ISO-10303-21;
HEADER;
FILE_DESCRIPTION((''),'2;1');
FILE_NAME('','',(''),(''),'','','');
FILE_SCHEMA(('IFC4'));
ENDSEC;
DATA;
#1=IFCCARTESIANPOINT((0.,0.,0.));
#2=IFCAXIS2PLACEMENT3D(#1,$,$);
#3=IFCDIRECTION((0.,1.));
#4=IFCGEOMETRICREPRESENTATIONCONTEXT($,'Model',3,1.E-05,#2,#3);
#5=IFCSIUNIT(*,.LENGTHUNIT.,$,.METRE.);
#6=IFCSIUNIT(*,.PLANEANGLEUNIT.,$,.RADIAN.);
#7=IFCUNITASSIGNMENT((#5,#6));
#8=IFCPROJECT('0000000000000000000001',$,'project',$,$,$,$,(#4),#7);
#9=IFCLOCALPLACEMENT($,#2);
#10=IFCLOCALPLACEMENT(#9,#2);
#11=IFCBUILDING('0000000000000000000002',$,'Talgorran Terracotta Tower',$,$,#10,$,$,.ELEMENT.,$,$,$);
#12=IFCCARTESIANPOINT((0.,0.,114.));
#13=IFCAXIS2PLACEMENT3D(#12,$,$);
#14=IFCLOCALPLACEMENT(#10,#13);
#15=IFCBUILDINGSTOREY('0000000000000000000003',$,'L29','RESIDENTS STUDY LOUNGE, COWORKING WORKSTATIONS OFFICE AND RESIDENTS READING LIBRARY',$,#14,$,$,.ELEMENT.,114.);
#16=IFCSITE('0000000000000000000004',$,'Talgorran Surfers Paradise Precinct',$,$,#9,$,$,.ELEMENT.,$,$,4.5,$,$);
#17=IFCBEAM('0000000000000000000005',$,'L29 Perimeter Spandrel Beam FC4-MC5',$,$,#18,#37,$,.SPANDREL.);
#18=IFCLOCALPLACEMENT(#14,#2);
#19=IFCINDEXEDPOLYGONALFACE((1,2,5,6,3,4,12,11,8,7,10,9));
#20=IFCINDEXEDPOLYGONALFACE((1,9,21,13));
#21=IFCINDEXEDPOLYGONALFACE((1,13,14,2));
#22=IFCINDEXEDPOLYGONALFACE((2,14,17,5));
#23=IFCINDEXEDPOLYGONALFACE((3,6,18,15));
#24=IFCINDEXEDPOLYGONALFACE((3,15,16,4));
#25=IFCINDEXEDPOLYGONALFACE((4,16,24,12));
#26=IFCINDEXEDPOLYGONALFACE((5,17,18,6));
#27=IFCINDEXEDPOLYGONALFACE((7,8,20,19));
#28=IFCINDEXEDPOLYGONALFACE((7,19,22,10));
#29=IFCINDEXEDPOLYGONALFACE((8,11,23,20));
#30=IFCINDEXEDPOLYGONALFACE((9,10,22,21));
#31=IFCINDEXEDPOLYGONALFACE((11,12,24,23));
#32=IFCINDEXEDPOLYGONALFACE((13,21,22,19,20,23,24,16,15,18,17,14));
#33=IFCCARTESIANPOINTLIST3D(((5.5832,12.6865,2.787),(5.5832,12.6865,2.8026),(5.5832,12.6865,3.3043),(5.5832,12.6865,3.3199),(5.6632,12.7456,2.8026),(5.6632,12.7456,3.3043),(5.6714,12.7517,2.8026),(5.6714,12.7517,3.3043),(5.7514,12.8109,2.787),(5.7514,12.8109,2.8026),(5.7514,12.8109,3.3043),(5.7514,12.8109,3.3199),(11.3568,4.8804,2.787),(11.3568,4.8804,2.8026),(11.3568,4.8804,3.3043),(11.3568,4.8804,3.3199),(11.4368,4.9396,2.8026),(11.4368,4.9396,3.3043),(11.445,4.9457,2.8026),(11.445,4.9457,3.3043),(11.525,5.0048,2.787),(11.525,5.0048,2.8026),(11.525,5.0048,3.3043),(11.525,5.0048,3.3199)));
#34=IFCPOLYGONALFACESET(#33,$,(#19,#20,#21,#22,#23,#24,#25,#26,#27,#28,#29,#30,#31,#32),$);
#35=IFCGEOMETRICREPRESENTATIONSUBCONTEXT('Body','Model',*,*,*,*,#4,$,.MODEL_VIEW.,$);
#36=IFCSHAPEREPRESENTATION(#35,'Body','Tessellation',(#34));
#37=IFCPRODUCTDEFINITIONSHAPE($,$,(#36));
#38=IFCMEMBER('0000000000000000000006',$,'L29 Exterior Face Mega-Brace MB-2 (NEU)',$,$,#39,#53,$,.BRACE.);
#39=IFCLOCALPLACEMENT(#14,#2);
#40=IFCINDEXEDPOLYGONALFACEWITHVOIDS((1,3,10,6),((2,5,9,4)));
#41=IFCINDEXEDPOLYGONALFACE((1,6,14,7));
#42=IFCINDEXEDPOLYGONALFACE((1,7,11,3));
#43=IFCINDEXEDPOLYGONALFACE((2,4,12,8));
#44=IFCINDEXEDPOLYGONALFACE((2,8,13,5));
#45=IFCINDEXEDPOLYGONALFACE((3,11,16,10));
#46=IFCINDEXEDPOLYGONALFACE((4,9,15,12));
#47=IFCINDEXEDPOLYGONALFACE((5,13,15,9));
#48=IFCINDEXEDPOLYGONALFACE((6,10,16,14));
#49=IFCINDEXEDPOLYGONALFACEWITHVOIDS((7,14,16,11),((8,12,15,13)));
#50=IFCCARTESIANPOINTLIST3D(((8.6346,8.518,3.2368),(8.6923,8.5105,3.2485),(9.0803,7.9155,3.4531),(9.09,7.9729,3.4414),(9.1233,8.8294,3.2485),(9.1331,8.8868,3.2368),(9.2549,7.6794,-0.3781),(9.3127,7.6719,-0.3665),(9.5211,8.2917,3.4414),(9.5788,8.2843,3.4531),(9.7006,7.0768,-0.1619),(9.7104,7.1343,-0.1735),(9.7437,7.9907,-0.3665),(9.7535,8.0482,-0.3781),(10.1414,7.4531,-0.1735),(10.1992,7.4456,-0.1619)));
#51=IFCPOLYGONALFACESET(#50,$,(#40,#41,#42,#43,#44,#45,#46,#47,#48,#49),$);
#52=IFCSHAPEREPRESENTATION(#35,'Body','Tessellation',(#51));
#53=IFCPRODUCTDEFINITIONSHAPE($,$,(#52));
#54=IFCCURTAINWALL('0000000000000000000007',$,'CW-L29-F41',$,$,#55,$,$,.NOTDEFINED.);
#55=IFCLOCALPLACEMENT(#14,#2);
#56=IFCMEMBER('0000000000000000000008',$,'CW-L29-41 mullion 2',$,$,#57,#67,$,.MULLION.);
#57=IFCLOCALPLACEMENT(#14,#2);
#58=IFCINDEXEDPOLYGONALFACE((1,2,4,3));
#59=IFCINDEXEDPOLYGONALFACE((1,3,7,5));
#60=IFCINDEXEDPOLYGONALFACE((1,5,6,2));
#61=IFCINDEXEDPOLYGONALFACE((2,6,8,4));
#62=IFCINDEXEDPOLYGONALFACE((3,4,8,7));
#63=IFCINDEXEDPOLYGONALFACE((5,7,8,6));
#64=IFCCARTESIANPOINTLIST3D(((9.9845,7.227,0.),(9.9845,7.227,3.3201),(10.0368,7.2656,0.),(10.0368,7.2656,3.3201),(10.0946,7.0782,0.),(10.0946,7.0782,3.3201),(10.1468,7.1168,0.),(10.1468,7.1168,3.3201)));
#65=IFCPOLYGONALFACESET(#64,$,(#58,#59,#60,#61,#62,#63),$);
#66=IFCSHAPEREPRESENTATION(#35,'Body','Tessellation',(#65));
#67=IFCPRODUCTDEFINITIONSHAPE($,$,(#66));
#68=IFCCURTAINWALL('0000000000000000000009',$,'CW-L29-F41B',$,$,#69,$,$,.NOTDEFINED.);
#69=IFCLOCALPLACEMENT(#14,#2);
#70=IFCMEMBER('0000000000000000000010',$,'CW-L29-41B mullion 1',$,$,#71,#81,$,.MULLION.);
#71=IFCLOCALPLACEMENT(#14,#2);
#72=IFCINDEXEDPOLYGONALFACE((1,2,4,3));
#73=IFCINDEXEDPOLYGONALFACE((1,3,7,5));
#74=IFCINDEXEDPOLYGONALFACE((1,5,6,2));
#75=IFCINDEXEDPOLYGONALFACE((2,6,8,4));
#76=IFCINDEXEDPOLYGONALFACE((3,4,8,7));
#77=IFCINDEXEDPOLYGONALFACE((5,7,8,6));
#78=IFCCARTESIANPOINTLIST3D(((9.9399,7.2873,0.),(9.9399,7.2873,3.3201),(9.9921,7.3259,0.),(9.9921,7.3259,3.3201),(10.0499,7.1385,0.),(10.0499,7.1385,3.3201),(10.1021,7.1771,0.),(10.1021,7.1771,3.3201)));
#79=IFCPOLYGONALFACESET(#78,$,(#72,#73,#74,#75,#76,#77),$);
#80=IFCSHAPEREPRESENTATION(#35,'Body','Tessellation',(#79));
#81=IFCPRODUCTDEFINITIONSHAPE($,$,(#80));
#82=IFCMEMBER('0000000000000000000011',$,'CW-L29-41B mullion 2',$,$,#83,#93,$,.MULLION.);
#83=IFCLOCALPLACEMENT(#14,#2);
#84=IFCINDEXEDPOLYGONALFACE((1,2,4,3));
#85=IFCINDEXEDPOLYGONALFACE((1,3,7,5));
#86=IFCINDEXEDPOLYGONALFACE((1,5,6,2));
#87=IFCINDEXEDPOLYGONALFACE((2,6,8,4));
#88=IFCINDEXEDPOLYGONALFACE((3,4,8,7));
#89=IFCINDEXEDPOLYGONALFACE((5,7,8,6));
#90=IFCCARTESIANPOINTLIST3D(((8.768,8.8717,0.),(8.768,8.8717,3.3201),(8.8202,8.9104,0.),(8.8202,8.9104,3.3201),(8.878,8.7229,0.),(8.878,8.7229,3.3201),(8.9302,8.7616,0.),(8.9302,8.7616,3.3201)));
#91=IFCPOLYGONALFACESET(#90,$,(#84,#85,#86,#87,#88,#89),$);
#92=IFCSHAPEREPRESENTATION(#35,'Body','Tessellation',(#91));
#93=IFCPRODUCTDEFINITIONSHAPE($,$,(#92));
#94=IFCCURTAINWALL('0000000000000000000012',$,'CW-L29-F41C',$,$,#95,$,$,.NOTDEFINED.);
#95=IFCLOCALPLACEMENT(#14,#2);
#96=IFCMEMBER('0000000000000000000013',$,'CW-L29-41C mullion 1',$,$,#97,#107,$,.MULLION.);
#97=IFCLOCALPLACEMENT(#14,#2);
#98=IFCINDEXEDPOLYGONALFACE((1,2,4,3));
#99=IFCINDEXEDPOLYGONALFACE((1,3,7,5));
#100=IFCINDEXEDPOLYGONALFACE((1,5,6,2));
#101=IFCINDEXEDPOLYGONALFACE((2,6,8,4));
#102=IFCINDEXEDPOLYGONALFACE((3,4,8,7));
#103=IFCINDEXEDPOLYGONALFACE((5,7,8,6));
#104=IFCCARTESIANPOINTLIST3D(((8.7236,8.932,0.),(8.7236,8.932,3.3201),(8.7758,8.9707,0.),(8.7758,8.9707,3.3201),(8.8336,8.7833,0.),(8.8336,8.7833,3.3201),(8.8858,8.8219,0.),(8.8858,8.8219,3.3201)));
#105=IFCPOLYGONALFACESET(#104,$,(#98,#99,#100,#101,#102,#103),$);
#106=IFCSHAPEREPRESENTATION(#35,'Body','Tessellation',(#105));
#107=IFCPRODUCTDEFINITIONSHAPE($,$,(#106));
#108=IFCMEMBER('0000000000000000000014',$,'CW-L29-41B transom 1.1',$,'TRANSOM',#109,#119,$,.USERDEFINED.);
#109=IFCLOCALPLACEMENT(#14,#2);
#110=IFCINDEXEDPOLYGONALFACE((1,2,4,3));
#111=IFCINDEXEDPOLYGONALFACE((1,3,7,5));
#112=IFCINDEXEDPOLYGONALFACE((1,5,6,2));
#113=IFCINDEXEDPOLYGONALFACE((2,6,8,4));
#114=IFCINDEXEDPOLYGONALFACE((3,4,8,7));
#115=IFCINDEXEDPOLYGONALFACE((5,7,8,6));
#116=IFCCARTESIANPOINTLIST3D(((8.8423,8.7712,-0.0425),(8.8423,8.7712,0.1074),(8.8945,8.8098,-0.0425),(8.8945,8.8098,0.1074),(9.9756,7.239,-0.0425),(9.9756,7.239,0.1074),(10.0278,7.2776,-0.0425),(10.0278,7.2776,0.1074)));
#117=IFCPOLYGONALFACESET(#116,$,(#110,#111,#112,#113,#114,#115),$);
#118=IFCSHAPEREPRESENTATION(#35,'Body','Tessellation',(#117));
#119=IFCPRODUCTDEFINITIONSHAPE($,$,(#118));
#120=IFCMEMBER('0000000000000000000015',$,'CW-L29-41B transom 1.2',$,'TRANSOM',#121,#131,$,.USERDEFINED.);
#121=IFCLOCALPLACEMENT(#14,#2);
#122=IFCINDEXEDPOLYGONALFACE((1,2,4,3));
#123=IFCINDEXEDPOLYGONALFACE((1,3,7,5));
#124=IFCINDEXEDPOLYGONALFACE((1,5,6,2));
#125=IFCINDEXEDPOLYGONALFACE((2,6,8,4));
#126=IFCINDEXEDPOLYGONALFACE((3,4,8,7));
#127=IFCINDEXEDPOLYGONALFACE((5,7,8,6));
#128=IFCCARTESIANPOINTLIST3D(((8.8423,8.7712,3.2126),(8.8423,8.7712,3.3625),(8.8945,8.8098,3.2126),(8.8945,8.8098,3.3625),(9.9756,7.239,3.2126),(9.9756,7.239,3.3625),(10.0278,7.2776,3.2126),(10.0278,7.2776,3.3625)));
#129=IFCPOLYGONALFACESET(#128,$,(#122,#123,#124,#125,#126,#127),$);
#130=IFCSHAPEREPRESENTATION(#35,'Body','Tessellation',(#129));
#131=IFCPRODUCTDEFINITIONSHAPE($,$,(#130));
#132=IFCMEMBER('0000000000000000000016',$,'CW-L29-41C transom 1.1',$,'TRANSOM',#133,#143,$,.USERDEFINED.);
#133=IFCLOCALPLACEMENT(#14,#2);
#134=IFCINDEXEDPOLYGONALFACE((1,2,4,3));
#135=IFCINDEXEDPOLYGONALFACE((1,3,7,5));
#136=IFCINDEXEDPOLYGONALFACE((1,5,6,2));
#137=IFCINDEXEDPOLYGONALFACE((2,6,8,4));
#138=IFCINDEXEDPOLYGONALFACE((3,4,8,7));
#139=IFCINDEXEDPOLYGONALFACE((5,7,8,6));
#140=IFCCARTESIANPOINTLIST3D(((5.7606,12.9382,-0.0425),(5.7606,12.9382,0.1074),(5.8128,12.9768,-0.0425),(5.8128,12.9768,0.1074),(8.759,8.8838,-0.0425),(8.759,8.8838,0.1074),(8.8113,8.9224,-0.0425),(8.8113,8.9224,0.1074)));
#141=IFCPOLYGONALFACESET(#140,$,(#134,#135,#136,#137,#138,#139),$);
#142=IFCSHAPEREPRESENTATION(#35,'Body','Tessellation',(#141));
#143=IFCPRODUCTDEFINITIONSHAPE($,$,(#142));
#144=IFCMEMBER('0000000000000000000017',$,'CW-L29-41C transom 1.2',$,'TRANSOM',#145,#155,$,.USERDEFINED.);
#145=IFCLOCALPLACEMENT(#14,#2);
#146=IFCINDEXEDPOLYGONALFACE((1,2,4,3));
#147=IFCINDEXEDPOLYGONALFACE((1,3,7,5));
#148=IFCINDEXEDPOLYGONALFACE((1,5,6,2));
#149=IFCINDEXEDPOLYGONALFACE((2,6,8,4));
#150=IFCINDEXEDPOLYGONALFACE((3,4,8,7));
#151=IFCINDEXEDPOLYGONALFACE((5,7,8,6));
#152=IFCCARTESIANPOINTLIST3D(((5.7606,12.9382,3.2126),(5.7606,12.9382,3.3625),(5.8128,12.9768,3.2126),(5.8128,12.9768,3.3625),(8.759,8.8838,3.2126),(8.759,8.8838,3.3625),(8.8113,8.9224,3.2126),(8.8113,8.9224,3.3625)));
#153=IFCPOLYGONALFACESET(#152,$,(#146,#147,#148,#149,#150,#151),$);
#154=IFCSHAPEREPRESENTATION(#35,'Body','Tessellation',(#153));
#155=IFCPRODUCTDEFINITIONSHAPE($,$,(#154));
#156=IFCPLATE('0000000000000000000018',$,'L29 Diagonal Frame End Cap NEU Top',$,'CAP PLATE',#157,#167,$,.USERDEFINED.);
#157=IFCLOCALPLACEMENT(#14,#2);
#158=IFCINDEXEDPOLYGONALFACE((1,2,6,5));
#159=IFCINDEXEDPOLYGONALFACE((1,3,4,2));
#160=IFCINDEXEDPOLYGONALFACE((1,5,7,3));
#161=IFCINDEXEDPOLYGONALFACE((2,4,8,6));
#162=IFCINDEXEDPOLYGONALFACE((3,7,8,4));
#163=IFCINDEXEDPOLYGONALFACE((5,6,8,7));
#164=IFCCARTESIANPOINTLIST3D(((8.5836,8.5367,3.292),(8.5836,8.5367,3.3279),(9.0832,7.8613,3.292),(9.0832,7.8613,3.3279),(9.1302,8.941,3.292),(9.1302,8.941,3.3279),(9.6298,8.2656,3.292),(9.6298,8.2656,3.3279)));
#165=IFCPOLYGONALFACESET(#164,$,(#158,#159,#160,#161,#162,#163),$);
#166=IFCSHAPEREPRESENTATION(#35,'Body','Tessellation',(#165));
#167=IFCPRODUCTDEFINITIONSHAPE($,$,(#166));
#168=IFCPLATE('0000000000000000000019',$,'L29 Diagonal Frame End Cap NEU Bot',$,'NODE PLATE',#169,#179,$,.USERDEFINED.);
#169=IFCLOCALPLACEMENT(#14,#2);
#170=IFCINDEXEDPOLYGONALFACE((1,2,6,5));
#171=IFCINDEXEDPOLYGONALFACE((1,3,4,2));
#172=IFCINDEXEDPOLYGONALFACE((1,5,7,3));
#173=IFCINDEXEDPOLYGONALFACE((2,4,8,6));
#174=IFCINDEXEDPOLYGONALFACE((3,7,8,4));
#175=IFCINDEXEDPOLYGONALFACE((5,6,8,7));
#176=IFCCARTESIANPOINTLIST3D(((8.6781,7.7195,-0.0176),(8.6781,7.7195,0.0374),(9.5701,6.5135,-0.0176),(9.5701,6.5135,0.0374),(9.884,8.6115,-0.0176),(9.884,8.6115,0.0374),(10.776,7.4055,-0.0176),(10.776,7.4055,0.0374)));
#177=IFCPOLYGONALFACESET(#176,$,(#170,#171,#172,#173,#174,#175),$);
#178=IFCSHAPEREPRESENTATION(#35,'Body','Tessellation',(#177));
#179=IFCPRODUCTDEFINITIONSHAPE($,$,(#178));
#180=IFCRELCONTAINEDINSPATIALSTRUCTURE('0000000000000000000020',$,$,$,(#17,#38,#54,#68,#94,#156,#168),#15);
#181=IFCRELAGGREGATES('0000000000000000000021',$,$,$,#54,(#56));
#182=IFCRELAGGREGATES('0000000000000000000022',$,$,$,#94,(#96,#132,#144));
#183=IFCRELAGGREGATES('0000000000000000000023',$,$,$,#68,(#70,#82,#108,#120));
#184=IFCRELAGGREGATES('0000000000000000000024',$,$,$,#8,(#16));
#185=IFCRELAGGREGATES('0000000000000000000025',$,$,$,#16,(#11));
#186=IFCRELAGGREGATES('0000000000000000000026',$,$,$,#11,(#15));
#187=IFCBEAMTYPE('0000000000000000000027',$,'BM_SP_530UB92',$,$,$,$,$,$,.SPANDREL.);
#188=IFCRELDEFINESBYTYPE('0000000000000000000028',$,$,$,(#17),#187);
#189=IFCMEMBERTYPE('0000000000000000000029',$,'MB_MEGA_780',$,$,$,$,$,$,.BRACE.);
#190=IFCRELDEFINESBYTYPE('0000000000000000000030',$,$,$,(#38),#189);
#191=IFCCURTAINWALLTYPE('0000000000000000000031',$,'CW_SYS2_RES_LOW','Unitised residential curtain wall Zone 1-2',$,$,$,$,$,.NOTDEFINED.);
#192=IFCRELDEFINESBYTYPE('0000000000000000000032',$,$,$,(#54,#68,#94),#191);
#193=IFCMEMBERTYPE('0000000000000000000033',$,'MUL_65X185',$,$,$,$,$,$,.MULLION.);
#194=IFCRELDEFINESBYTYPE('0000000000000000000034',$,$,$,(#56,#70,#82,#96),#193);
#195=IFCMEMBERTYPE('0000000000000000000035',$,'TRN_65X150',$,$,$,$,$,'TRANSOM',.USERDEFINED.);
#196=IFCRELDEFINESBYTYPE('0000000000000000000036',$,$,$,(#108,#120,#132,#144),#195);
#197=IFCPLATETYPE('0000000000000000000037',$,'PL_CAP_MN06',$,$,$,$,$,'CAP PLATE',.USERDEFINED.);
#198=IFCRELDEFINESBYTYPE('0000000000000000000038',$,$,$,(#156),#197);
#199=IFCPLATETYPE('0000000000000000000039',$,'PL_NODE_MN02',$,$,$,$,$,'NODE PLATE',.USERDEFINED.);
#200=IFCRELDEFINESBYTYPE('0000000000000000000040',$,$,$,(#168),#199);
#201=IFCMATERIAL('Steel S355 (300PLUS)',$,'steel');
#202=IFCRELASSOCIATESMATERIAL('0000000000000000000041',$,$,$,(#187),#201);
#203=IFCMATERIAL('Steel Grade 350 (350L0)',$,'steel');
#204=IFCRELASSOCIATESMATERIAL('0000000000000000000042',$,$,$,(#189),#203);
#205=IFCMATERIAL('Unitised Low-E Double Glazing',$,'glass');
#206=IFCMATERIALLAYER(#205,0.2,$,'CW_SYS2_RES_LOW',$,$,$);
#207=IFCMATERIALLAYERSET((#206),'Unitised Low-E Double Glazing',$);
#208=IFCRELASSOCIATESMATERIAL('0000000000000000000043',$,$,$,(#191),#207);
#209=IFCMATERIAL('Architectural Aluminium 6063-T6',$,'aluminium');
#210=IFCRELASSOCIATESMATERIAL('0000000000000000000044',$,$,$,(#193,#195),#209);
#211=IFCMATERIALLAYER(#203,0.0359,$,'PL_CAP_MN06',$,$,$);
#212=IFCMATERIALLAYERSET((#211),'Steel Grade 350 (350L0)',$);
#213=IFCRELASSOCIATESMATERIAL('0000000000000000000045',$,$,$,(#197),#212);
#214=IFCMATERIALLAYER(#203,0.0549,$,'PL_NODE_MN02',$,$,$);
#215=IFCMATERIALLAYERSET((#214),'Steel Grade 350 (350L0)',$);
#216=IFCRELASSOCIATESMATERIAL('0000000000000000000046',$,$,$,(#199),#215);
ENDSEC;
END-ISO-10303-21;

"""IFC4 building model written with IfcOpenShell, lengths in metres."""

from ifc_helpers import new_model, si_unit, direction, frame, origin, origin_2d, place, context, subcontext, project, spatial, rectangle, hollow_rectangle, i_section, extrude, material, layer, layer_set, material_profile, profile_set, type_object, element, aggregate, save


model = new_model("IFC4")

# Units and contexts
model_context = context("Model", 3, precision=1e-05, world=origin(), true_north=direction((0.0, 1.0)))
body_context = subcontext(model_context, "Body", "Model", "MODEL_VIEW")
ifc_project = project(units=[si_unit("LENGTHUNIT", "METRE"), si_unit("PLANEANGLEUNIT", "RADIAN")], contexts=[model_context])

# Site, building, storey
site_placement = place(None, origin())
site = spatial("IfcSite", under=ifc_project, at=site_placement, Name="Talgorran Surfers Paradise Precinct", CompositionType="ELEMENT", RefElevation=4.5)
building_placement = place(site_placement, origin())
building = spatial("IfcBuilding", under=site, at=building_placement, Name="Talgorran Terracotta Tower", CompositionType="ELEMENT")
storey_placement = place(building_placement, frame((0.0, 0.0, 114.0)))
storey = spatial("IfcBuildingStorey", under=building, at=storey_placement, Name="L29", Description="RESIDENTS STUDY LOUNGE, COWORKING WORKSTATIONS OFFICE AND RESIDENTS READING LIBRARY", CompositionType="ELEMENT", Elevation=114.0)

# Beam
ifc_material_1 = material(Name="Steel S355 (300PLUS)", Category="steel")
ifc_material_profile_1 = material_profile(ifc_material_1, i_section(OverallWidth=0.2092, OverallDepth=0.533, WebThickness=0.0103, FlangeThickness=0.0156, at=origin_2d()), Name="530UB92.4")
ifc_profile_set_1 = profile_set([ifc_material_profile_1], Name="Steel S355 (300PLUS)")
beam_type = type_object("IfcBeamType", Name="BM_SP_530UB92", PredefinedType="SPANDREL", material=ifc_profile_set_1)
beam_placement = place(storey_placement, frame((11.4409, 4.9426, 3.0535), z_axis=(-0.594652, 0.803983, 0.0), x_axis=(-0.803983, -0.594652, 0.0)))
element("IfcBeam", 1, at=beam_placement, inside=storey, type_object=beam_type, Name="L29 Perimeter Spandrel Beam FC4-MC5", PredefinedType="SPANDREL", context=body_context, shape_type="SweptSolid", body=[
    extrude(i_section(OverallWidth=0.2092, OverallDepth=0.533, WebThickness=0.0103, FlangeThickness=0.0156, at=origin_2d()), origin(), (0.0, 0.0, 1.0), 9.7092),
])

# Member
ifc_material_2 = material(Name="Steel Grade 350 (350L0)", Category="steel")
ifc_material_profile_2 = material_profile(ifc_material_2, hollow_rectangle(XDim=0.6201, YDim=0.78, WallThickness=0.042, at=origin_2d()), Name="WBOX780X620X42")
ifc_profile_set_2 = profile_set([ifc_material_profile_2], Name="Steel Grade 350 (350L0)")
member_type_1 = type_object("IfcMemberType", Name="MB_MEGA_780", PredefinedType="BRACE", material=ifc_profile_set_2)
member_1_placement = place(storey_placement, frame((9.7271, 7.5625, -0.27), z_axis=(-0.164881, 0.222891, 0.960799), x_axis=(-0.803943, -0.594707, 0.0)))
element("IfcMember", 2, at=member_1_placement, inside=storey, type_object=member_type_1, Name="L29 Exterior Face Mega-Brace MB-2 (NEU)", PredefinedType="BRACE", context=body_context, shape_type="SweptSolid", body=[
    extrude(hollow_rectangle(XDim=0.6201, YDim=0.78, WallThickness=0.042, at=origin_2d()), origin(), (0.0, 0.0, 1.0), 3.7625),
])

# Curtain wall, member
ifc_material_3 = material(Name="Unitised Low-E Double Glazing", Category="glass")
ifc_layer_1 = layer(ifc_material_3, 0.2, Name="CW_SYS2_RES_LOW")
ifc_layer_set_1 = layer_set([ifc_layer_1], Name="Unitised Low-E Double Glazing")
curtain_wall_type = type_object("IfcCurtainWallType", Name="CW_SYS2_RES_LOW", Description="Unitised residential curtain wall Zone 1-2", PredefinedType="NOTDEFINED", material=ifc_layer_set_1)
curtain_wall_1_placement = place(storey_placement, origin())
curtain_wall_1 = element("IfcCurtainWall", 3, at=curtain_wall_1_placement, inside=storey, type_object=curtain_wall_type, Name="CW-L29-F41", PredefinedType="NOTDEFINED")
ifc_material_4 = material(Name="Architectural Aluminium 6063-T6", Category="aluminium")
ifc_material_profile_3 = material_profile(ifc_material_4, rectangle(XDim=0.0649, YDim=0.1851, at=origin_2d()), Name="CWM65X185")
ifc_profile_set_3 = profile_set([ifc_material_profile_3], Name="Architectural Aluminium 6063-T6")
member_type_2 = type_object("IfcMemberType", Name="MUL_65X185", PredefinedType="MULLION", material=ifc_profile_set_3)
member_2_placement = place(storey_placement, frame((10.0657, 7.1719, 0.0), z_axis=(0.0, 0.0, 1.0), x_axis=(-0.803994, -0.594638, 0.0)))
member_2 = element("IfcMember", 4, at=member_2_placement, type_object=member_type_2, Name="CW-L29-41 mullion 2", PredefinedType="MULLION", context=body_context, shape_type="SweptSolid", body=[
    extrude(rectangle(XDim=0.0649, YDim=0.1851, at=origin_2d()), origin(), (0.0, 0.0, 1.0), 3.3201),
])
aggregate(curtain_wall_1, [member_2])

# Curtain wall, members
curtain_wall_2_placement = place(storey_placement, origin())
curtain_wall_2 = element("IfcCurtainWall", 5, at=curtain_wall_2_placement, inside=storey, type_object=curtain_wall_type, Name="CW-L29-F41B", PredefinedType="NOTDEFINED")
member_3_placement = place(storey_placement, frame((10.021, 7.2322, 0.0), z_axis=(0.0, 0.0, 1.0), x_axis=(-0.80399, -0.594642, 0.0)))
member_3 = element("IfcMember", 6, at=member_3_placement, type_object=member_type_2, Name="CW-L29-41B mullion 1", PredefinedType="MULLION", context=body_context, shape_type="SweptSolid", body=[
    extrude(rectangle(XDim=0.0649, YDim=0.1851, at=origin_2d()), origin(), (0.0, 0.0, 1.0), 3.3201),
])
member_4_placement = place(storey_placement, frame((8.8491, 8.8167, 0.0), z_axis=(0.0, 0.0, 1.0), x_axis=(-0.80399, -0.594642, 0.0)))
member_4 = element("IfcMember", 7, at=member_4_placement, type_object=member_type_2, Name="CW-L29-41B mullion 2", PredefinedType="MULLION", context=body_context, shape_type="SweptSolid", body=[
    extrude(rectangle(XDim=0.0649, YDim=0.1851, at=origin_2d()), origin(), (0.0, 0.0, 1.0), 3.3201),
])

# Curtain wall, member
curtain_wall_3_placement = place(storey_placement, origin())
curtain_wall_3 = element("IfcCurtainWall", 8, at=curtain_wall_3_placement, inside=storey, type_object=curtain_wall_type, Name="CW-L29-F41C", PredefinedType="NOTDEFINED")
member_5_placement = place(storey_placement, frame((8.8047, 8.877, 0.0), z_axis=(0.0, 0.0, 1.0), x_axis=(-0.803998, -0.594632, 0.0)))
member_5 = element("IfcMember", 9, at=member_5_placement, type_object=member_type_2, Name="CW-L29-41C mullion 1", PredefinedType="MULLION", context=body_context, shape_type="SweptSolid", body=[
    extrude(rectangle(XDim=0.0649, YDim=0.1851, at=origin_2d()), origin(), (0.0, 0.0, 1.0), 3.3201),
])

# Members
ifc_material_profile_4 = material_profile(ifc_material_4, rectangle(XDim=0.0649, YDim=0.1499, at=origin_2d()), Name="CWT65X150")
ifc_profile_set_4 = profile_set([ifc_material_profile_4], Name="Architectural Aluminium 6063-T6")
member_type_3 = type_object("IfcMemberType", Name="TRN_65X150", ElementType="TRANSOM", PredefinedType="USERDEFINED", material=ifc_profile_set_4)
member_6_placement = place(storey_placement, frame((10.0017, 7.2583, 0.0325), z_axis=(-0.594658, 0.803979, 0.0), x_axis=(-0.803979, -0.594658, 0.0)))
member_6 = element("IfcMember", 10, at=member_6_placement, type_object=member_type_3, Name="CW-L29-41B transom 1.1", ObjectType="TRANSOM", PredefinedType="USERDEFINED", context=body_context, shape_type="SweptSolid", body=[
    extrude(rectangle(XDim=0.0649, YDim=0.1499, at=origin_2d()), origin(), (0.0, 0.0, 1.0), 1.9058),
])
member_7_placement = place(storey_placement, frame((10.0017, 7.2583, 3.2876), z_axis=(-0.594658, 0.803979, 0.0), x_axis=(-0.803979, -0.594658, 0.0)))
member_7 = element("IfcMember", 11, at=member_7_placement, type_object=member_type_3, Name="CW-L29-41B transom 1.2", ObjectType="TRANSOM", PredefinedType="USERDEFINED", context=body_context, shape_type="SweptSolid", body=[
    extrude(rectangle(XDim=0.0649, YDim=0.1499, at=origin_2d()), origin(), (0.0, 0.0, 1.0), 1.9058),
])
member_8_placement = place(storey_placement, frame((8.7852, 8.9031, 0.0325), z_axis=(-0.594618, 0.804008, 0.0), x_axis=(-0.804008, -0.594618, 0.0)))
member_8 = element("IfcMember", 12, at=member_8_placement, type_object=member_type_3, Name="CW-L29-41C transom 1.1", ObjectType="TRANSOM", PredefinedType="USERDEFINED", context=body_context, shape_type="SweptSolid", body=[
    extrude(rectangle(XDim=0.0649, YDim=0.1499, at=origin_2d()), origin(), (0.0, 0.0, 1.0), 5.0427),
])
member_9_placement = place(storey_placement, frame((8.7852, 8.9031, 3.2876), z_axis=(-0.594618, 0.804008, 0.0), x_axis=(-0.804008, -0.594618, 0.0)))
member_9 = element("IfcMember", 13, at=member_9_placement, type_object=member_type_3, Name="CW-L29-41C transom 1.2", ObjectType="TRANSOM", PredefinedType="USERDEFINED", context=body_context, shape_type="SweptSolid", body=[
    extrude(rectangle(XDim=0.0649, YDim=0.1499, at=origin_2d()), origin(), (0.0, 0.0, 1.0), 5.0427),
])
aggregate(curtain_wall_3, [member_5, member_8, member_9])

# Plates
ifc_layer_2 = layer(ifc_material_2, 0.0359, Name="PL_CAP_MN06")
ifc_layer_set_2 = layer_set([ifc_layer_2], Name="Steel Grade 350 (350L0)")
plate_type_1 = type_object("IfcPlateType", Name="PL_CAP_MN06", ElementType="CAP PLATE", PredefinedType="USERDEFINED", material=ifc_layer_set_2)
plate_1_placement = place(storey_placement, frame((9.1067, 8.4011, 3.292), z_axis=(0.0, 0.0, 1.0), x_axis=(-0.594682, 0.803961, 0.0)))
element("IfcPlate", 14, at=plate_1_placement, inside=storey, type_object=plate_type_1, Name="L29 Diagonal Frame End Cap NEU Top", ObjectType="CAP PLATE", PredefinedType="USERDEFINED", context=body_context, shape_type="SweptSolid", body=[
    extrude(rectangle(XDim=0.8401, YDim=0.6799, at=origin_2d()), origin(), (0.0, 0.0, 1.0), 0.0359),
])
ifc_layer_3 = layer(ifc_material_2, 0.0549, Name="PL_NODE_MN02")
ifc_layer_set_3 = layer_set([ifc_layer_3], Name="Steel Grade 350 (350L0)")
plate_type_2 = type_object("IfcPlateType", Name="PL_NODE_MN02", ElementType="NODE PLATE", PredefinedType="USERDEFINED", material=ifc_layer_set_3)
plate_2_placement = place(storey_placement, frame((9.7271, 7.5625, -0.0176), z_axis=(0.0, 0.0, 1.0), x_axis=(-0.594682, 0.803961, 0.0)))
element("IfcPlate", 15, at=plate_2_placement, inside=storey, type_object=plate_type_2, Name="L29 Diagonal Frame End Cap NEU Bot", ObjectType="NODE PLATE", PredefinedType="USERDEFINED", context=body_context, shape_type="SweptSolid", body=[
    extrude(rectangle(XDim=1.5, YDim=1.5, at=origin_2d()), origin(), (0.0, 0.0, 1.0), 0.0549),
])

aggregate(curtain_wall_2, [member_3, member_4, member_6, member_7])

save(model, "model.ifc")
